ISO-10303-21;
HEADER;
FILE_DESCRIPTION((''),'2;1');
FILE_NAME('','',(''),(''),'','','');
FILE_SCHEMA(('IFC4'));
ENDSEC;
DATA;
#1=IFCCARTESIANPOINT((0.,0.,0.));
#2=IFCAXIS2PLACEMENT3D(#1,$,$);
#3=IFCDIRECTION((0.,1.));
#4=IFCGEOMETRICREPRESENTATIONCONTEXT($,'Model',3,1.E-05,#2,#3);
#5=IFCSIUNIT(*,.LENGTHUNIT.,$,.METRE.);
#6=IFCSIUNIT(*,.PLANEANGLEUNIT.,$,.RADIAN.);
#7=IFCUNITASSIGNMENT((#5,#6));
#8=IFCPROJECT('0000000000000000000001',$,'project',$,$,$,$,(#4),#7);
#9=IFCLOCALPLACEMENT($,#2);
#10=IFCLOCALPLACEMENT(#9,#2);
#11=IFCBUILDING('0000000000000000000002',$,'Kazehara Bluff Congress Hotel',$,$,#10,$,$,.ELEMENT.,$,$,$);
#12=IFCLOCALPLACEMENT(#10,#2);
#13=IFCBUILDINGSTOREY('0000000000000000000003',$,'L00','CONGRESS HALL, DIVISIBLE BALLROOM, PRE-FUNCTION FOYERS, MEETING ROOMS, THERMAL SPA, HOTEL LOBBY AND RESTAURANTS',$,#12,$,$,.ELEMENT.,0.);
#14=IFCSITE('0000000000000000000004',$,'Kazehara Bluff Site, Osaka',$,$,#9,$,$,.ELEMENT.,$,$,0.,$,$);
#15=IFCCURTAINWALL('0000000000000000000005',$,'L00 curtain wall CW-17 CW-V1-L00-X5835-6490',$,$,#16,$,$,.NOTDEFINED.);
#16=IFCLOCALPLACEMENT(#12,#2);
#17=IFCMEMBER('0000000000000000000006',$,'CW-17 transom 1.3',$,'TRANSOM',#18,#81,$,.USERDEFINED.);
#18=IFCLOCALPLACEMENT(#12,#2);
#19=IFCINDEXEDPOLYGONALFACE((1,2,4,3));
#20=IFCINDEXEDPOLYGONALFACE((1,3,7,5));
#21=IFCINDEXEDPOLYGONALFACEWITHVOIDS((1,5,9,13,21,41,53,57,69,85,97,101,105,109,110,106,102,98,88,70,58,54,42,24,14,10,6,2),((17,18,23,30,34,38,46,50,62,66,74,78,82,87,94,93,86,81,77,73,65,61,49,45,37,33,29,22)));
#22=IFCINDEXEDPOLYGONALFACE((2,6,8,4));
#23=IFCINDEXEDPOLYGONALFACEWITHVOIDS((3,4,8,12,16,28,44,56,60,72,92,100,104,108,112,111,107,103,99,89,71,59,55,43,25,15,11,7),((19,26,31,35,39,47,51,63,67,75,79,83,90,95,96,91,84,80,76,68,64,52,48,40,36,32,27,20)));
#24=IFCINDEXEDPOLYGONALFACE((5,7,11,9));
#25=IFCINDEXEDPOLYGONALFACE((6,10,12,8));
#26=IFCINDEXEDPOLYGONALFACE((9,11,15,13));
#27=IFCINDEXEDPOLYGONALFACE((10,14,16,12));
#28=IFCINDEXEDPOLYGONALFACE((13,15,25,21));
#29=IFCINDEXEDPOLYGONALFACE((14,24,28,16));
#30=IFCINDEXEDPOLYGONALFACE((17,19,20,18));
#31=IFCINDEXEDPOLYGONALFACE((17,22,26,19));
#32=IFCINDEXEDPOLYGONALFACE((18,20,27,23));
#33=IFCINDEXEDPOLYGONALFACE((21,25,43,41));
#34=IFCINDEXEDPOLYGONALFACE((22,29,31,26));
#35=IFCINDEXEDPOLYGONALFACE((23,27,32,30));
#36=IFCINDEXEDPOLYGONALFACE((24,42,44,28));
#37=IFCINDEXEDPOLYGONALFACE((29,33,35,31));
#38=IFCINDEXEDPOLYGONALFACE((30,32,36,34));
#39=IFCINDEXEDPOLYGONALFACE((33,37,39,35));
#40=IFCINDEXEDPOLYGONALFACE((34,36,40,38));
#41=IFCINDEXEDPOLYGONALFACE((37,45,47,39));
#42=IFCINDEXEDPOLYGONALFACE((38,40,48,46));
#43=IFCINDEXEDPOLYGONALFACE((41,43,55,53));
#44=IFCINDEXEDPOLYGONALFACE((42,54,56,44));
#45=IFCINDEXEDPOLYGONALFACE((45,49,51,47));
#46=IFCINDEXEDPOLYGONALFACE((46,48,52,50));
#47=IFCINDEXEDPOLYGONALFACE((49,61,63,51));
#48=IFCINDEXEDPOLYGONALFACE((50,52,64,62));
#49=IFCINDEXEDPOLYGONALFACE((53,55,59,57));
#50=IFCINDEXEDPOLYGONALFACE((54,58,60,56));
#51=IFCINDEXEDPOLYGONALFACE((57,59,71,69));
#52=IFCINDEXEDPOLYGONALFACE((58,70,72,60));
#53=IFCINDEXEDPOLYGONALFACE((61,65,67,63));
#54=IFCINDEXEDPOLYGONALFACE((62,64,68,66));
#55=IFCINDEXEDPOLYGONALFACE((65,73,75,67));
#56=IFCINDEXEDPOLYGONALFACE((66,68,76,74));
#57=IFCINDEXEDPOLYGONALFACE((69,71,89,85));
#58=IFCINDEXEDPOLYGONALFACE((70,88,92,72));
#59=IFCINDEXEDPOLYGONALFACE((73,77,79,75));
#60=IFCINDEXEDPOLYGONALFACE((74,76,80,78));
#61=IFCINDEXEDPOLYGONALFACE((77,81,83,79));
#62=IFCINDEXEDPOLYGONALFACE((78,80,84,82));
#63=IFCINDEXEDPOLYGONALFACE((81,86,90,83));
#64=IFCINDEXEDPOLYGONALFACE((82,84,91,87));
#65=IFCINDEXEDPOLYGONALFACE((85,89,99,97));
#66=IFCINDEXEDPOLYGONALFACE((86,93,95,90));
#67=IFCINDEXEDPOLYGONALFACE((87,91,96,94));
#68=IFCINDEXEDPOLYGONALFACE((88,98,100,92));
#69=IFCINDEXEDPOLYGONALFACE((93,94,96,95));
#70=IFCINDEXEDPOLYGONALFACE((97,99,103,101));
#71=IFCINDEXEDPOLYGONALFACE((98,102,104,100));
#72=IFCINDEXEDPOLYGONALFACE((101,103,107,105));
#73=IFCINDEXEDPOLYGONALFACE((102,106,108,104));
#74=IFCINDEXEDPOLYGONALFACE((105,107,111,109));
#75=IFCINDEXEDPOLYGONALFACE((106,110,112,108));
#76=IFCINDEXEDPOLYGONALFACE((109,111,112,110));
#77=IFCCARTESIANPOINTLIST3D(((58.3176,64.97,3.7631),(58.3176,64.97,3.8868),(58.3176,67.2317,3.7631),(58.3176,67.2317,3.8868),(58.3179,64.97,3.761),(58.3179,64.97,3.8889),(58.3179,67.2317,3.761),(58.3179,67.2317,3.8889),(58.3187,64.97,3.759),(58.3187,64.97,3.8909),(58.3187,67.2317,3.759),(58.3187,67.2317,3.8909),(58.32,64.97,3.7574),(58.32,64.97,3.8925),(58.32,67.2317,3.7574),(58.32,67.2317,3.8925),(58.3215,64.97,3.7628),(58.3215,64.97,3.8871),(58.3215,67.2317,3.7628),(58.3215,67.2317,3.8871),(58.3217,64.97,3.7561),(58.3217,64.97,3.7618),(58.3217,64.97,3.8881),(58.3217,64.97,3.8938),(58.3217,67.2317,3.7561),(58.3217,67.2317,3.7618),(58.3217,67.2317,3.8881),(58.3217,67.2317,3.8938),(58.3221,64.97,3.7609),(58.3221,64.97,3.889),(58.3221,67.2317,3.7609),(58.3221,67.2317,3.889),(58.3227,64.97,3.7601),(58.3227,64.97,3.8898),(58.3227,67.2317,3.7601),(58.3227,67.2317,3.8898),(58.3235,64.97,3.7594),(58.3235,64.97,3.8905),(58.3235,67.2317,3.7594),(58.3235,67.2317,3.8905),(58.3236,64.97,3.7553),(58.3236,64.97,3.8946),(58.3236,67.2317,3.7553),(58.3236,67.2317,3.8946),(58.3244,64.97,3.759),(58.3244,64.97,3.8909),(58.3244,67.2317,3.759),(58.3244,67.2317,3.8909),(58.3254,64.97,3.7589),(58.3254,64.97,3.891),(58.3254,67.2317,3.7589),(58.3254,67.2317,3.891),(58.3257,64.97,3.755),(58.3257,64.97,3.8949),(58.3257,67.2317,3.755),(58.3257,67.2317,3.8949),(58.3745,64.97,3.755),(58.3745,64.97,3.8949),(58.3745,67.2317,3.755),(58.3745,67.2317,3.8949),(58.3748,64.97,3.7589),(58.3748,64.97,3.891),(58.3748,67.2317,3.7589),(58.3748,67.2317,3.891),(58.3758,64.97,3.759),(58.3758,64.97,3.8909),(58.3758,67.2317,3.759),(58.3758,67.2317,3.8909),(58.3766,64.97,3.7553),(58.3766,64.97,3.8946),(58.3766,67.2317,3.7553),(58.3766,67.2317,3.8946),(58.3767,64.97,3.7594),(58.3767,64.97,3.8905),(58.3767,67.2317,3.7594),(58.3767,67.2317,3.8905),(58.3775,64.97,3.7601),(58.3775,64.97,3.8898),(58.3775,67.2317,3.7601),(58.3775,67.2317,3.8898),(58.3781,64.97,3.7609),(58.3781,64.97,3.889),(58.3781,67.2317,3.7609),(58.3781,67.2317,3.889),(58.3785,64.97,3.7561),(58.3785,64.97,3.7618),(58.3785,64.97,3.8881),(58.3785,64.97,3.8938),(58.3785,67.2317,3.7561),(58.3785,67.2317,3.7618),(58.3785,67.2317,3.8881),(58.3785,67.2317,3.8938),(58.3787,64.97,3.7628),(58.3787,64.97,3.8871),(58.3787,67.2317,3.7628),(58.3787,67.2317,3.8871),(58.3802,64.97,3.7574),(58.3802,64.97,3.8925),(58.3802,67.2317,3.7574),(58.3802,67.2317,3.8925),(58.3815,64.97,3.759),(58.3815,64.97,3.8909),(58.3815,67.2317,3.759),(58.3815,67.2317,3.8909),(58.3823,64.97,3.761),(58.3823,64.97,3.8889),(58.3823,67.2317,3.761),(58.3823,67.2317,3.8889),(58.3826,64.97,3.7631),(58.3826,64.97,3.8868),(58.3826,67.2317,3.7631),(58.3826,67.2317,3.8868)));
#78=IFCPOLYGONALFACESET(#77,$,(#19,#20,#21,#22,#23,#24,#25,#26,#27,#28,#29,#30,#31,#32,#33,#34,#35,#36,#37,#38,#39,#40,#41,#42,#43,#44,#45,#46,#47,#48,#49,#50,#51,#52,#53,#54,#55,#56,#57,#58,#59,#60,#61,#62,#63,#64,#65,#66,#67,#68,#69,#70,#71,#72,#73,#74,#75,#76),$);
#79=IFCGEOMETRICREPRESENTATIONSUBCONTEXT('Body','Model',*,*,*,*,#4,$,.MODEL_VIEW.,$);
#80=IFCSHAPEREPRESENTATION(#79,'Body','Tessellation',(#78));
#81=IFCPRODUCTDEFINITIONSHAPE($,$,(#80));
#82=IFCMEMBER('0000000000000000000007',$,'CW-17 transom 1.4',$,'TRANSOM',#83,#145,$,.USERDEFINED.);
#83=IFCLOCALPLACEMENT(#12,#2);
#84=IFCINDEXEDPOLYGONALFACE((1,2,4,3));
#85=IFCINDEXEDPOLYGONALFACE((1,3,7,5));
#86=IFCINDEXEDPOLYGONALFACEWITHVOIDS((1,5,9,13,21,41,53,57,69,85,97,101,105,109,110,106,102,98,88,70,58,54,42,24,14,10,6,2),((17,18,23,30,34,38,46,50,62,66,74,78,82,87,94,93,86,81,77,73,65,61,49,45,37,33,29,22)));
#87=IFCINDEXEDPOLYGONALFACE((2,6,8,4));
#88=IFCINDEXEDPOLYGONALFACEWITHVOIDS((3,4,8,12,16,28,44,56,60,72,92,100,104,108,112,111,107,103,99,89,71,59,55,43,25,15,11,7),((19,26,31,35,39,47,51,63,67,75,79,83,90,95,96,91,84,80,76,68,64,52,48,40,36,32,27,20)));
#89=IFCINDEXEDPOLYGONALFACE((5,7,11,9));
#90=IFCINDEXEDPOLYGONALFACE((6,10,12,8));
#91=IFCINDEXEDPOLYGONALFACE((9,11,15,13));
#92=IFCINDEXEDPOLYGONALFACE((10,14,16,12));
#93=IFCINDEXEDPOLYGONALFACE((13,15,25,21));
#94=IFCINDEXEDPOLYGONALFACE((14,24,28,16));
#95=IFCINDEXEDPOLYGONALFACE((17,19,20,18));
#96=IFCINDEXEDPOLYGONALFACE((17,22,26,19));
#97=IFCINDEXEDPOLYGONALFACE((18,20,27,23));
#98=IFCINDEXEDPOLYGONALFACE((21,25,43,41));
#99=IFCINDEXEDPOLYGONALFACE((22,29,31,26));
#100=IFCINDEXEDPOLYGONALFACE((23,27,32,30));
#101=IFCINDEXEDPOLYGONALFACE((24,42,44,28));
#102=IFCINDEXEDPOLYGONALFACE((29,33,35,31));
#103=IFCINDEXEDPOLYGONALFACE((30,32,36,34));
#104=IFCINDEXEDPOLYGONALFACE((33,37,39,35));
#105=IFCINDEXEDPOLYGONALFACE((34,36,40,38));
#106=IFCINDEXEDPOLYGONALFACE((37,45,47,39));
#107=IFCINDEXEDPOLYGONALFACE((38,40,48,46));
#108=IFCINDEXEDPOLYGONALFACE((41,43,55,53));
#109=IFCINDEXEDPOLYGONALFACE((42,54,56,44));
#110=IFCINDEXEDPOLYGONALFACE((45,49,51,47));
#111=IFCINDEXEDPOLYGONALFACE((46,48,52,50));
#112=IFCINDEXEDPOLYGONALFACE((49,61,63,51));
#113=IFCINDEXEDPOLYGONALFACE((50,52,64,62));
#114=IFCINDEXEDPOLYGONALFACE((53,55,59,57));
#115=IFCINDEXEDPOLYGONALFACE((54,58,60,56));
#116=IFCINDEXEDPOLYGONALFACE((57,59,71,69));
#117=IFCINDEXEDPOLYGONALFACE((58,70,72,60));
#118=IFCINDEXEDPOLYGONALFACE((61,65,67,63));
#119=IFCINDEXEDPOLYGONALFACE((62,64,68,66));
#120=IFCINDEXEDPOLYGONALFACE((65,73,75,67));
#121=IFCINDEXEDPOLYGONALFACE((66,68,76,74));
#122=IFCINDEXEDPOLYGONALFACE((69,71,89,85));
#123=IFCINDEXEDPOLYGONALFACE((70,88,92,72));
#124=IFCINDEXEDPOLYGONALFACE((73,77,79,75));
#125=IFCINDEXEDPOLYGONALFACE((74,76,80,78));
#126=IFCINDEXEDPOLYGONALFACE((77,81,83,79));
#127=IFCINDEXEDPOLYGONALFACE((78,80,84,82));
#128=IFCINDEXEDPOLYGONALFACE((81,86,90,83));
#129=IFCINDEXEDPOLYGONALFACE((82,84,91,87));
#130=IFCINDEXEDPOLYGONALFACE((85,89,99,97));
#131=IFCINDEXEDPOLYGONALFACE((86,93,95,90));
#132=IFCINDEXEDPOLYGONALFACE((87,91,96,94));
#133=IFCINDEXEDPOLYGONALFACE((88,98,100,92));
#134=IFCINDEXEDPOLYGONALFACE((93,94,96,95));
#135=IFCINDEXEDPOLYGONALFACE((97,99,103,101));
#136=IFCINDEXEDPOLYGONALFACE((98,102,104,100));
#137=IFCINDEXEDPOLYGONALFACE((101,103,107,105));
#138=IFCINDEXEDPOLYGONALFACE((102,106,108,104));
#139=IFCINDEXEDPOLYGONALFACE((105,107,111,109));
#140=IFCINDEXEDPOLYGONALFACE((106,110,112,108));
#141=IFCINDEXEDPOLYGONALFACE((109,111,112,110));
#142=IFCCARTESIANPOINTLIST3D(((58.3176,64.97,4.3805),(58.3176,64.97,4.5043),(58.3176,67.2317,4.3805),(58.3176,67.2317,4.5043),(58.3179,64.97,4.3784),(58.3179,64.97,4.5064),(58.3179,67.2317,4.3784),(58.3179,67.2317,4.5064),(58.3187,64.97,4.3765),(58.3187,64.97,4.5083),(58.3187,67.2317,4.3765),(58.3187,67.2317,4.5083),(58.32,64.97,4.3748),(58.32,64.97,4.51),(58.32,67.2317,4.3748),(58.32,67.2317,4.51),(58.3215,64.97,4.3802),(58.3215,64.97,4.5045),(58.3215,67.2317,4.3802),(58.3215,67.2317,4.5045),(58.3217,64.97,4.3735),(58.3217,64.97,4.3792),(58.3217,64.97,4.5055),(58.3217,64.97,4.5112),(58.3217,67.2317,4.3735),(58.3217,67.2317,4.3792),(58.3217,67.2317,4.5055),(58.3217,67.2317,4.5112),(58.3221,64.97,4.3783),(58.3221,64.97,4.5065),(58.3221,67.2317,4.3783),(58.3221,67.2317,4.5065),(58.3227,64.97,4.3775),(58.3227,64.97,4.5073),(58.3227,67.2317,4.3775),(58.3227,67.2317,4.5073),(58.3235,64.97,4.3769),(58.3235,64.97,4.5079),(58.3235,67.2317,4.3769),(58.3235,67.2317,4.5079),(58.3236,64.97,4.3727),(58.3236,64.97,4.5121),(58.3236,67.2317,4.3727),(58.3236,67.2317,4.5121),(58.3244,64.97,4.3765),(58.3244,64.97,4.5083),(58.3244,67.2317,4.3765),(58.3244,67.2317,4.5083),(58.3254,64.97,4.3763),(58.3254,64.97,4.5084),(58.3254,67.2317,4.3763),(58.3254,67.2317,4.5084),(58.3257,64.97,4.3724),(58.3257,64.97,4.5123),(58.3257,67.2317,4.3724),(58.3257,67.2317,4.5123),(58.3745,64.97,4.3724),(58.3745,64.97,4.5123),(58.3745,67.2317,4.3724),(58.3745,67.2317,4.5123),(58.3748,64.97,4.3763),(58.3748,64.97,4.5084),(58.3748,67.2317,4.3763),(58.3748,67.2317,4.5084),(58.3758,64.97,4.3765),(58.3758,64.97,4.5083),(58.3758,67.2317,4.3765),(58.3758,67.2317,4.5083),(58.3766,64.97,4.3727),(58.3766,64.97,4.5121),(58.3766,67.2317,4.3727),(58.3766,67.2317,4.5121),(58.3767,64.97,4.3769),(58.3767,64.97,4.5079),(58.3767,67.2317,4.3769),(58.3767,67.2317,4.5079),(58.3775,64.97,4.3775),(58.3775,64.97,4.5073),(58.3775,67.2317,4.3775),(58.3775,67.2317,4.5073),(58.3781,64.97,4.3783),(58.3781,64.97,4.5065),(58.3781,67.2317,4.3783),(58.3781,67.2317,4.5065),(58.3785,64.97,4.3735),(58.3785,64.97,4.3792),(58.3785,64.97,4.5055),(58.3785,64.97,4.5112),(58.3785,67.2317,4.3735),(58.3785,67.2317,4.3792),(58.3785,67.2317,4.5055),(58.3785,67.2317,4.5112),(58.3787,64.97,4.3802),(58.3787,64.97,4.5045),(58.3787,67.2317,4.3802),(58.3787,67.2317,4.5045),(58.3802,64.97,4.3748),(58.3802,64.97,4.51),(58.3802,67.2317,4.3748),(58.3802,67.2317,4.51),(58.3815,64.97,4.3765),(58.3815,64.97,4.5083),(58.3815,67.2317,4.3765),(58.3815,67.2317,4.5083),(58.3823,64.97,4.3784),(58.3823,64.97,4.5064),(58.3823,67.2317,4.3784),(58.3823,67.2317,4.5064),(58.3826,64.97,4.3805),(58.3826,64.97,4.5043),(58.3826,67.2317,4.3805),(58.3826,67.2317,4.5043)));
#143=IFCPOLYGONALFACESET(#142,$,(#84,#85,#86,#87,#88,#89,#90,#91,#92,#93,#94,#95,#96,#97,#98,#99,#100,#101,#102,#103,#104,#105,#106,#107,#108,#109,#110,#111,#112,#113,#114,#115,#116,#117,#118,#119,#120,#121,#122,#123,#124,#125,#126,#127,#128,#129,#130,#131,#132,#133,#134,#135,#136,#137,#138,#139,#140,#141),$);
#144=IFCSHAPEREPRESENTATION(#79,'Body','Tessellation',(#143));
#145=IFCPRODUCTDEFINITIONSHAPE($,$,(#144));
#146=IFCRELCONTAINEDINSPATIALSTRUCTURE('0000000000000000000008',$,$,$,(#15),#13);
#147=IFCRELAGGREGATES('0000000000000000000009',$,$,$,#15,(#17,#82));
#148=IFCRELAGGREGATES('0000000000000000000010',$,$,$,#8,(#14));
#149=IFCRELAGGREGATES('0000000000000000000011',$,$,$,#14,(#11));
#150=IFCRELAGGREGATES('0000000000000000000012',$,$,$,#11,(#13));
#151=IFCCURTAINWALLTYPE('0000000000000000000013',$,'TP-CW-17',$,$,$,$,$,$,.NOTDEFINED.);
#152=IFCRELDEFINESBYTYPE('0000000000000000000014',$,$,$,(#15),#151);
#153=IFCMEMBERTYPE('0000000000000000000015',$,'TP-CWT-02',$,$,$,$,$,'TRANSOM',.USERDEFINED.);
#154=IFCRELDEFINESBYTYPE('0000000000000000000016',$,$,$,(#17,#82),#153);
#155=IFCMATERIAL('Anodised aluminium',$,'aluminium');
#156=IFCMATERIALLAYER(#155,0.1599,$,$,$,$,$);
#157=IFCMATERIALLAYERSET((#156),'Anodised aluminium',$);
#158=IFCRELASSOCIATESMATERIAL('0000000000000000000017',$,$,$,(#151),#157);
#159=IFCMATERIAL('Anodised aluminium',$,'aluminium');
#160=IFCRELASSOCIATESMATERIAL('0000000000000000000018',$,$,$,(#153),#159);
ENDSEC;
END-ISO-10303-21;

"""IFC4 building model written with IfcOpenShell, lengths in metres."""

from ifc_helpers import new_model, si_unit, direction, frame, origin, origin_2d, place, context, subcontext, project, spatial, hollow_rectangle, extrude, material, layer, layer_set, material_profile, profile_set, type_object, element, aggregate, save


model = new_model("IFC4")

# Units and contexts
model_context = context("Model", 3, precision=1e-05, world=origin(), true_north=direction((0.0, 1.0)))
body_context = subcontext(model_context, "Body", "Model", "MODEL_VIEW")
ifc_project = project(units=[si_unit("LENGTHUNIT", "METRE"), si_unit("PLANEANGLEUNIT", "RADIAN")], contexts=[model_context])

# Site, building, storey
site_placement = place(None, origin())
site = spatial("IfcSite", under=ifc_project, at=site_placement, Name="Kazehara Bluff Site, Osaka", CompositionType="ELEMENT", RefElevation=0.0)
building_placement = place(site_placement, origin())
building = spatial("IfcBuilding", under=site, at=building_placement, Name="Kazehara Bluff Congress Hotel", CompositionType="ELEMENT")
storey_placement = place(building_placement, origin())
storey = spatial("IfcBuildingStorey", under=building, at=storey_placement, Name="L00", Description="CONGRESS HALL, DIVISIBLE BALLROOM, PRE-FUNCTION FOYERS, MEETING ROOMS, THERMAL SPA, HOTEL LOBBY AND RESTAURANTS", CompositionType="ELEMENT", Elevation=0.0)

# Curtain wall
ifc_material_1 = material(Name="Anodised aluminium", Category="aluminium")
ifc_layer_1 = layer(ifc_material_1, 0.1599)
ifc_layer_set_1 = layer_set([ifc_layer_1], Name="Anodised aluminium")
curtain_wall_type = type_object("IfcCurtainWallType", Name="TP-CW-17", PredefinedType="NOTDEFINED", material=ifc_layer_set_1)
curtain_wall_1_placement = place(storey_placement, origin())
curtain_wall_1 = element("IfcCurtainWall", 1, at=curtain_wall_1_placement, inside=storey, type_object=curtain_wall_type, Name="L00 curtain wall CW-17 CW-V1-L00-X5835-6490", PredefinedType="NOTDEFINED")

# Members
ifc_material_2 = material(Name="Anodised aluminium", Category="aluminium")
ifc_material_profile_1 = material_profile(ifc_material_2, hollow_rectangle(XDim=0.0649, YDim=0.1399, WallThickness=0.0039, InnerFilletRadius=0.0039, OuterFilletRadius=0.0081, at=origin_2d()))
ifc_profile_set_1 = profile_set([ifc_material_profile_1], Name="Anodised aluminium")
member_type_1 = type_object("IfcMemberType", Name="TP-CWT-02", ElementType="TRANSOM", PredefinedType="USERDEFINED", material=ifc_profile_set_1)
member_1_placement = place(storey_placement, frame((58.3501, 64.97, 3.825), z_axis=(0.0, 1.0, 0.0), x_axis=(-1.0, 0.0, 0.0)))
member_1 = element("IfcMember", 2, at=member_1_placement, type_object=member_type_1, Name="CW-17 transom 1.3", ObjectType="TRANSOM", PredefinedType="USERDEFINED", context=body_context, shape_type="SweptSolid", body=[
    extrude(hollow_rectangle(XDim=0.0649, YDim=0.1399, WallThickness=0.0039, InnerFilletRadius=0.0039, OuterFilletRadius=0.0081, at=origin_2d()), origin(), (0.0, 0.0, 1.0), 2.2617),
])
member_2_placement = place(storey_placement, frame((58.3501, 64.97, 4.4424), z_axis=(0.0, 1.0, 0.0), x_axis=(-1.0, 0.0, 0.0)))
member_2 = element("IfcMember", 3, at=member_2_placement, type_object=member_type_1, Name="CW-17 transom 1.4", ObjectType="TRANSOM", PredefinedType="USERDEFINED", context=body_context, shape_type="SweptSolid", body=[
    extrude(hollow_rectangle(XDim=0.0649, YDim=0.1399, WallThickness=0.0039, InnerFilletRadius=0.0039, OuterFilletRadius=0.0081, at=origin_2d()), origin(), (0.0, 0.0, 1.0), 2.2617),
])

aggregate(curtain_wall_1, [member_1, member_2])

save(model, "model.ifc")
